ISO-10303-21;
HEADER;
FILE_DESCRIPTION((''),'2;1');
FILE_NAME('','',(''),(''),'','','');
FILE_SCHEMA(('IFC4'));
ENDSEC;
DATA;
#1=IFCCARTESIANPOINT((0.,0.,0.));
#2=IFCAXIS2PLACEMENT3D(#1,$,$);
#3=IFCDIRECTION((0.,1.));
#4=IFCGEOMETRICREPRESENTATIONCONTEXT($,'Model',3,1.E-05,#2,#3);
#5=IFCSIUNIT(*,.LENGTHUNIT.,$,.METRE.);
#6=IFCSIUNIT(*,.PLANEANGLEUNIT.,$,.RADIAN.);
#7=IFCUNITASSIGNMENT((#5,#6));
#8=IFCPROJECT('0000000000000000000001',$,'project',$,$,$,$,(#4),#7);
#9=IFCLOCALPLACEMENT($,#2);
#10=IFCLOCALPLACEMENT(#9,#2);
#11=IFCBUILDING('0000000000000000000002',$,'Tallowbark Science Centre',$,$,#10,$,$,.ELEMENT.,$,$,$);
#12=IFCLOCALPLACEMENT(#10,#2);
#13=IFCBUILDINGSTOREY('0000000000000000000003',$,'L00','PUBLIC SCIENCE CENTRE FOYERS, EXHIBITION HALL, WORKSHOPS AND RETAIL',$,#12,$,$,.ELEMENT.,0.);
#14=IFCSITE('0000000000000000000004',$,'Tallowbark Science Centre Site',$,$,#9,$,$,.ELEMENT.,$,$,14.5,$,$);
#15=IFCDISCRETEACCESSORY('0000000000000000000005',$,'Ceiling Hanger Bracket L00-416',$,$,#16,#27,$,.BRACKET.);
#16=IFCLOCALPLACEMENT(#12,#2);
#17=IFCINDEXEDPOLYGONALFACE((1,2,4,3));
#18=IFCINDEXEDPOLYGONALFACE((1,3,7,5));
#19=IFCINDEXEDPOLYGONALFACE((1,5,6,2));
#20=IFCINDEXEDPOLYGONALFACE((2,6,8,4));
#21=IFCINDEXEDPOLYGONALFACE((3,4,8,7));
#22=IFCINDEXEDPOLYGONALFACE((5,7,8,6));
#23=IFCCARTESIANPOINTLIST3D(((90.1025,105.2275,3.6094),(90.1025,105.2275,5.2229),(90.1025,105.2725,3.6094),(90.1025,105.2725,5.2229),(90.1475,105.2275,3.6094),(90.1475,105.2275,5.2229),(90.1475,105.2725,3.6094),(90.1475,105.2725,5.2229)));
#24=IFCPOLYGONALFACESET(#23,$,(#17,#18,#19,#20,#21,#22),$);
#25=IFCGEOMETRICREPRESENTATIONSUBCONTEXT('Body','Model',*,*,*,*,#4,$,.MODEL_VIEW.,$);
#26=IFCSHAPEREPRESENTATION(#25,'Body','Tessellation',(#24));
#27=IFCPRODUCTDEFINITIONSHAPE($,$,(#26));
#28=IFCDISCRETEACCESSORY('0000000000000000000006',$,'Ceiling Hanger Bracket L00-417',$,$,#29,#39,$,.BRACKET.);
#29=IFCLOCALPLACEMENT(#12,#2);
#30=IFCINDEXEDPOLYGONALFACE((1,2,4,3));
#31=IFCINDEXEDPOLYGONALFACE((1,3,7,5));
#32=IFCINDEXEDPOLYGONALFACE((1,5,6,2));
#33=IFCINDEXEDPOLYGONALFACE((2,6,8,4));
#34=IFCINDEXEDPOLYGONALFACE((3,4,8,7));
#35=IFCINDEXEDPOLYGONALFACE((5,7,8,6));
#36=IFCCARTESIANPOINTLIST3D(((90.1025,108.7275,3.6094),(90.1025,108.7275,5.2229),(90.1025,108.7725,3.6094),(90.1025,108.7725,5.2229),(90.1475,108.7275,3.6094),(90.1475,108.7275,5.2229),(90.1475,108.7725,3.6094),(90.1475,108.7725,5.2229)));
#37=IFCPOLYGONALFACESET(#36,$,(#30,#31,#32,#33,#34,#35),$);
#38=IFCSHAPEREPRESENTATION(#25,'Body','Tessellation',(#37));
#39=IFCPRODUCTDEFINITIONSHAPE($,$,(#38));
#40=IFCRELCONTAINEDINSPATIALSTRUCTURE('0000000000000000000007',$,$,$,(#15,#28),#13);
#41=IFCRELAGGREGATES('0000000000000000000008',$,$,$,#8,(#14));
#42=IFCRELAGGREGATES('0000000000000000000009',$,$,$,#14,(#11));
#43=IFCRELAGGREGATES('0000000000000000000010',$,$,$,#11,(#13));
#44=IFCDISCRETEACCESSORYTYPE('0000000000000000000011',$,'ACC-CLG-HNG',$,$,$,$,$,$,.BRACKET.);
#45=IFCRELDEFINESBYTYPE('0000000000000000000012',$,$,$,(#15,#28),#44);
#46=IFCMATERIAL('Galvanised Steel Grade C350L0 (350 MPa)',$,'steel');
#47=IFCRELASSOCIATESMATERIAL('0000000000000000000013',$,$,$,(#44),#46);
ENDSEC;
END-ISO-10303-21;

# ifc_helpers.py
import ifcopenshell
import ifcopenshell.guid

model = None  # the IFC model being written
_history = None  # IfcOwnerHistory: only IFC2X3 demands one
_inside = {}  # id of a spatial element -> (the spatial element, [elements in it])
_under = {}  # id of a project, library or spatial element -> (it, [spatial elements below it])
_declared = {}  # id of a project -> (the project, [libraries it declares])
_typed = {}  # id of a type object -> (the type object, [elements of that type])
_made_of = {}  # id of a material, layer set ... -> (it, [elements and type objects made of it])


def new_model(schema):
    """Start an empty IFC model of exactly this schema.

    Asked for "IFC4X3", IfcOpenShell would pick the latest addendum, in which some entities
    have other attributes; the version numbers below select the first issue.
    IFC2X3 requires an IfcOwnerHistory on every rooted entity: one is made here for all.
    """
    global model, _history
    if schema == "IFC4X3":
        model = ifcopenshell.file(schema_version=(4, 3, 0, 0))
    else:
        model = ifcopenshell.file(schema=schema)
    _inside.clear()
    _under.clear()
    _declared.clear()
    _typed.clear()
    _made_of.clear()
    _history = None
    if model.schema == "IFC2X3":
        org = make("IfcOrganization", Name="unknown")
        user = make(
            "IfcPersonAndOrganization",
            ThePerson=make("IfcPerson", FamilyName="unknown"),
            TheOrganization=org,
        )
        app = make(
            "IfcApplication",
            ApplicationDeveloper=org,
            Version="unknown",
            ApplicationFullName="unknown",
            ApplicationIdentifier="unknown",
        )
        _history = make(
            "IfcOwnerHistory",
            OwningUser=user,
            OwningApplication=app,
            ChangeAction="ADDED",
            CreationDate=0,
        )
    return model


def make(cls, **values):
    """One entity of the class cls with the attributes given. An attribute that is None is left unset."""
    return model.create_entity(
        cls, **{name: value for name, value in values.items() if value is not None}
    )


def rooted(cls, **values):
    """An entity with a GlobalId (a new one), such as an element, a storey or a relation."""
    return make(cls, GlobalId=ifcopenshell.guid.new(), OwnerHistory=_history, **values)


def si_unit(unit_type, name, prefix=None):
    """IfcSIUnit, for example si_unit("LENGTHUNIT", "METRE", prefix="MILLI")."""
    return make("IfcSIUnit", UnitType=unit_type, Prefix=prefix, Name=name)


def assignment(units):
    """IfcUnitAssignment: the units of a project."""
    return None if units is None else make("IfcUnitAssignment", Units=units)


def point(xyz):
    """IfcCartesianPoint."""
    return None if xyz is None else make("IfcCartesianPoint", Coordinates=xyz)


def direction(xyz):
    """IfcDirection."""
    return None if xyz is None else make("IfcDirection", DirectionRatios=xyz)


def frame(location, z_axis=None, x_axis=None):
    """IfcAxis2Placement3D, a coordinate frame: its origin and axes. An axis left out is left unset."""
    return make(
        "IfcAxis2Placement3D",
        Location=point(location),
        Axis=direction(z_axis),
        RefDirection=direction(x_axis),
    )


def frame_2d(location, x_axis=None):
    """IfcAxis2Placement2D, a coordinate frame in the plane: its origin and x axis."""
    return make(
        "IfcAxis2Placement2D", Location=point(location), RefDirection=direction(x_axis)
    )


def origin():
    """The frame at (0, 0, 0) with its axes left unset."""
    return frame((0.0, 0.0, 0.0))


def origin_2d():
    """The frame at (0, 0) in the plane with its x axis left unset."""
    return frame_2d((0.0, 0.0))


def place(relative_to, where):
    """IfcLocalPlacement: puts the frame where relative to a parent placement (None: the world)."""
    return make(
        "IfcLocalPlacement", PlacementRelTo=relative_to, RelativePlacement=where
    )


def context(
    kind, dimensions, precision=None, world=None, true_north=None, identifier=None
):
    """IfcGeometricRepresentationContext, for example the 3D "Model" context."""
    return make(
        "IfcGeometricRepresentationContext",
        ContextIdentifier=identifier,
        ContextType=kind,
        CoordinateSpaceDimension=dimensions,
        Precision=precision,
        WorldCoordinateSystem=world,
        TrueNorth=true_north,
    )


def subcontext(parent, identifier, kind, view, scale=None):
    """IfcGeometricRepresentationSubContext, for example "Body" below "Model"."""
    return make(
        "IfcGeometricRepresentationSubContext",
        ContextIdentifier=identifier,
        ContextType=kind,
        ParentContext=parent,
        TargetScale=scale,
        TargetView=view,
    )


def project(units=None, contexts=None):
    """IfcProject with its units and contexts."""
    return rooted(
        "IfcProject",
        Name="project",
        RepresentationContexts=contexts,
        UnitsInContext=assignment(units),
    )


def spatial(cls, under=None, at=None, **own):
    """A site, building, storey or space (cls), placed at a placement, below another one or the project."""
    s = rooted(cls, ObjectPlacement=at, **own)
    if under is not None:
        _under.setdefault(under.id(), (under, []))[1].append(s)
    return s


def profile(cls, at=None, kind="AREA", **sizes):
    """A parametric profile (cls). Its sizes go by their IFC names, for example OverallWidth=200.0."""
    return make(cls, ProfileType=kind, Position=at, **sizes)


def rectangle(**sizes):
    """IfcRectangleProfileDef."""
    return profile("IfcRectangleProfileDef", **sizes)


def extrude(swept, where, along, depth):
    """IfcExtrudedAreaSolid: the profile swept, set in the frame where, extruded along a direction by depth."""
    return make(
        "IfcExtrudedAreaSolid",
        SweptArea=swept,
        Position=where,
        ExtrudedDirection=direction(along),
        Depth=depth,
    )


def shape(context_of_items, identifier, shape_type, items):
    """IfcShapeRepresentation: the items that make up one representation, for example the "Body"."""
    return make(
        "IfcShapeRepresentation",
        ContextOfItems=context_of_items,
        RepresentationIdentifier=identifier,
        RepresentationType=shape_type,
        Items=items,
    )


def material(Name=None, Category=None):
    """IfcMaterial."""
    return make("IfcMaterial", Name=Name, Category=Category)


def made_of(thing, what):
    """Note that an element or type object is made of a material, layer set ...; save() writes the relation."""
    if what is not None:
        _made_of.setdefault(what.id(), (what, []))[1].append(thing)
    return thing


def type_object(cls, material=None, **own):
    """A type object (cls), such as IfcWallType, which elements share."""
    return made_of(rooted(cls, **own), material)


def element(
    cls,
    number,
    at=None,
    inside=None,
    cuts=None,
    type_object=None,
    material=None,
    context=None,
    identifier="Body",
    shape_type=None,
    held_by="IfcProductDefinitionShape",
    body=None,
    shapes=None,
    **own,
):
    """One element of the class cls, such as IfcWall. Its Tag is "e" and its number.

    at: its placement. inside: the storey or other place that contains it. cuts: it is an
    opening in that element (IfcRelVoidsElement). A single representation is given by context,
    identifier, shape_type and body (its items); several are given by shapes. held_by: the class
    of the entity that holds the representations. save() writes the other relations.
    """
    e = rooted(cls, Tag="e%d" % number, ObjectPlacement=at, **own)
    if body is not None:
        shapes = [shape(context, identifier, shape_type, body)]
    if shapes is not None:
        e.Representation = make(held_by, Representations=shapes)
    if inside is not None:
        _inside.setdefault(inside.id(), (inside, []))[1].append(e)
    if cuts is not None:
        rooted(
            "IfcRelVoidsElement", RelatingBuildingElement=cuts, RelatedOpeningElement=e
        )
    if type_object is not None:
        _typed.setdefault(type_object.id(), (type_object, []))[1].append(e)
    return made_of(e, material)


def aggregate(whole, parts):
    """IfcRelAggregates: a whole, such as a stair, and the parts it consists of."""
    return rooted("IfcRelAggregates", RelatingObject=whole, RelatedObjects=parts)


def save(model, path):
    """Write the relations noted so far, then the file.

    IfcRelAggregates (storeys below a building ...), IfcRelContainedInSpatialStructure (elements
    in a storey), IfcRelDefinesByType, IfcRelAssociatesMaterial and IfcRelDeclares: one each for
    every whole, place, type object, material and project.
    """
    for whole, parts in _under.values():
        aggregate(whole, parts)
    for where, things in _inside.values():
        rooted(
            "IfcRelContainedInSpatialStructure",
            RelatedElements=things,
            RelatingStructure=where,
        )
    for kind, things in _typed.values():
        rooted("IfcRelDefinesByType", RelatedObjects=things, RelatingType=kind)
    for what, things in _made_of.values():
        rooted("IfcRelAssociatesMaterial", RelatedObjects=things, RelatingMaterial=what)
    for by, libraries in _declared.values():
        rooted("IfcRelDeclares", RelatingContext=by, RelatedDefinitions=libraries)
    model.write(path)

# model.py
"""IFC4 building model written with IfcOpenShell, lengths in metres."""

from ifc_helpers import new_model, si_unit, direction, frame, origin, origin_2d, place, context, subcontext, project, spatial, rectangle, extrude, material, type_object, element, save


model = new_model("IFC4")

# Units and contexts
model_context = context("Model", 3, precision=1e-05, world=origin(), true_north=direction((0.0, 1.0)))
body_context = subcontext(model_context, "Body", "Model", "MODEL_VIEW")
ifc_project = project(units=[si_unit("LENGTHUNIT", "METRE"), si_unit("PLANEANGLEUNIT", "RADIAN")], contexts=[model_context])

# Site, building, storey
site_placement = place(None, origin())
site = spatial("IfcSite", under=ifc_project, at=site_placement, Name="Tallowbark Science Centre Site", CompositionType="ELEMENT", RefElevation=14.5)
building_placement = place(site_placement, origin())
building = spatial("IfcBuilding", under=site, at=building_placement, Name="Tallowbark Science Centre", CompositionType="ELEMENT")
storey_placement = place(building_placement, origin())
storey = spatial("IfcBuildingStorey", under=building, at=storey_placement, Name="L00", Description="PUBLIC SCIENCE CENTRE FOYERS, EXHIBITION HALL, WORKSHOPS AND RETAIL", CompositionType="ELEMENT", Elevation=0.0)

# Discrete accessories
ifc_material_1 = material(Name="Galvanised Steel Grade C350L0 (350 MPa)", Category="steel")
discrete_accessory_type = type_object("IfcDiscreteAccessoryType", Name="ACC-CLG-HNG", PredefinedType="BRACKET", material=ifc_material_1)
for number, where, z_axis, x_axis, name in (
    (1, (90.125, 105.25, 3.6094), (0.0, 0.0, 1.0), (1.0, 0.0, 0.0), "Ceiling Hanger Bracket L00-416"),
    (2, (90.125, 108.75, 3.6094), (0.0, 0.0, 1.0), (1.0, 0.0, 0.0), "Ceiling Hanger Bracket L00-417"),
):
    element("IfcDiscreteAccessory", number, at=place(storey_placement, frame(where, z_axis=z_axis, x_axis=x_axis)), inside=storey, type_object=discrete_accessory_type, Name=name, PredefinedType="BRACKET", context=body_context, shape_type="SweptSolid", body=[
        extrude(rectangle(XDim=0.0449, YDim=0.0449, at=origin_2d()), origin(), (0.0, 0.0, 1.0), 1.6135),
    ])

save(model, "model.ifc")
